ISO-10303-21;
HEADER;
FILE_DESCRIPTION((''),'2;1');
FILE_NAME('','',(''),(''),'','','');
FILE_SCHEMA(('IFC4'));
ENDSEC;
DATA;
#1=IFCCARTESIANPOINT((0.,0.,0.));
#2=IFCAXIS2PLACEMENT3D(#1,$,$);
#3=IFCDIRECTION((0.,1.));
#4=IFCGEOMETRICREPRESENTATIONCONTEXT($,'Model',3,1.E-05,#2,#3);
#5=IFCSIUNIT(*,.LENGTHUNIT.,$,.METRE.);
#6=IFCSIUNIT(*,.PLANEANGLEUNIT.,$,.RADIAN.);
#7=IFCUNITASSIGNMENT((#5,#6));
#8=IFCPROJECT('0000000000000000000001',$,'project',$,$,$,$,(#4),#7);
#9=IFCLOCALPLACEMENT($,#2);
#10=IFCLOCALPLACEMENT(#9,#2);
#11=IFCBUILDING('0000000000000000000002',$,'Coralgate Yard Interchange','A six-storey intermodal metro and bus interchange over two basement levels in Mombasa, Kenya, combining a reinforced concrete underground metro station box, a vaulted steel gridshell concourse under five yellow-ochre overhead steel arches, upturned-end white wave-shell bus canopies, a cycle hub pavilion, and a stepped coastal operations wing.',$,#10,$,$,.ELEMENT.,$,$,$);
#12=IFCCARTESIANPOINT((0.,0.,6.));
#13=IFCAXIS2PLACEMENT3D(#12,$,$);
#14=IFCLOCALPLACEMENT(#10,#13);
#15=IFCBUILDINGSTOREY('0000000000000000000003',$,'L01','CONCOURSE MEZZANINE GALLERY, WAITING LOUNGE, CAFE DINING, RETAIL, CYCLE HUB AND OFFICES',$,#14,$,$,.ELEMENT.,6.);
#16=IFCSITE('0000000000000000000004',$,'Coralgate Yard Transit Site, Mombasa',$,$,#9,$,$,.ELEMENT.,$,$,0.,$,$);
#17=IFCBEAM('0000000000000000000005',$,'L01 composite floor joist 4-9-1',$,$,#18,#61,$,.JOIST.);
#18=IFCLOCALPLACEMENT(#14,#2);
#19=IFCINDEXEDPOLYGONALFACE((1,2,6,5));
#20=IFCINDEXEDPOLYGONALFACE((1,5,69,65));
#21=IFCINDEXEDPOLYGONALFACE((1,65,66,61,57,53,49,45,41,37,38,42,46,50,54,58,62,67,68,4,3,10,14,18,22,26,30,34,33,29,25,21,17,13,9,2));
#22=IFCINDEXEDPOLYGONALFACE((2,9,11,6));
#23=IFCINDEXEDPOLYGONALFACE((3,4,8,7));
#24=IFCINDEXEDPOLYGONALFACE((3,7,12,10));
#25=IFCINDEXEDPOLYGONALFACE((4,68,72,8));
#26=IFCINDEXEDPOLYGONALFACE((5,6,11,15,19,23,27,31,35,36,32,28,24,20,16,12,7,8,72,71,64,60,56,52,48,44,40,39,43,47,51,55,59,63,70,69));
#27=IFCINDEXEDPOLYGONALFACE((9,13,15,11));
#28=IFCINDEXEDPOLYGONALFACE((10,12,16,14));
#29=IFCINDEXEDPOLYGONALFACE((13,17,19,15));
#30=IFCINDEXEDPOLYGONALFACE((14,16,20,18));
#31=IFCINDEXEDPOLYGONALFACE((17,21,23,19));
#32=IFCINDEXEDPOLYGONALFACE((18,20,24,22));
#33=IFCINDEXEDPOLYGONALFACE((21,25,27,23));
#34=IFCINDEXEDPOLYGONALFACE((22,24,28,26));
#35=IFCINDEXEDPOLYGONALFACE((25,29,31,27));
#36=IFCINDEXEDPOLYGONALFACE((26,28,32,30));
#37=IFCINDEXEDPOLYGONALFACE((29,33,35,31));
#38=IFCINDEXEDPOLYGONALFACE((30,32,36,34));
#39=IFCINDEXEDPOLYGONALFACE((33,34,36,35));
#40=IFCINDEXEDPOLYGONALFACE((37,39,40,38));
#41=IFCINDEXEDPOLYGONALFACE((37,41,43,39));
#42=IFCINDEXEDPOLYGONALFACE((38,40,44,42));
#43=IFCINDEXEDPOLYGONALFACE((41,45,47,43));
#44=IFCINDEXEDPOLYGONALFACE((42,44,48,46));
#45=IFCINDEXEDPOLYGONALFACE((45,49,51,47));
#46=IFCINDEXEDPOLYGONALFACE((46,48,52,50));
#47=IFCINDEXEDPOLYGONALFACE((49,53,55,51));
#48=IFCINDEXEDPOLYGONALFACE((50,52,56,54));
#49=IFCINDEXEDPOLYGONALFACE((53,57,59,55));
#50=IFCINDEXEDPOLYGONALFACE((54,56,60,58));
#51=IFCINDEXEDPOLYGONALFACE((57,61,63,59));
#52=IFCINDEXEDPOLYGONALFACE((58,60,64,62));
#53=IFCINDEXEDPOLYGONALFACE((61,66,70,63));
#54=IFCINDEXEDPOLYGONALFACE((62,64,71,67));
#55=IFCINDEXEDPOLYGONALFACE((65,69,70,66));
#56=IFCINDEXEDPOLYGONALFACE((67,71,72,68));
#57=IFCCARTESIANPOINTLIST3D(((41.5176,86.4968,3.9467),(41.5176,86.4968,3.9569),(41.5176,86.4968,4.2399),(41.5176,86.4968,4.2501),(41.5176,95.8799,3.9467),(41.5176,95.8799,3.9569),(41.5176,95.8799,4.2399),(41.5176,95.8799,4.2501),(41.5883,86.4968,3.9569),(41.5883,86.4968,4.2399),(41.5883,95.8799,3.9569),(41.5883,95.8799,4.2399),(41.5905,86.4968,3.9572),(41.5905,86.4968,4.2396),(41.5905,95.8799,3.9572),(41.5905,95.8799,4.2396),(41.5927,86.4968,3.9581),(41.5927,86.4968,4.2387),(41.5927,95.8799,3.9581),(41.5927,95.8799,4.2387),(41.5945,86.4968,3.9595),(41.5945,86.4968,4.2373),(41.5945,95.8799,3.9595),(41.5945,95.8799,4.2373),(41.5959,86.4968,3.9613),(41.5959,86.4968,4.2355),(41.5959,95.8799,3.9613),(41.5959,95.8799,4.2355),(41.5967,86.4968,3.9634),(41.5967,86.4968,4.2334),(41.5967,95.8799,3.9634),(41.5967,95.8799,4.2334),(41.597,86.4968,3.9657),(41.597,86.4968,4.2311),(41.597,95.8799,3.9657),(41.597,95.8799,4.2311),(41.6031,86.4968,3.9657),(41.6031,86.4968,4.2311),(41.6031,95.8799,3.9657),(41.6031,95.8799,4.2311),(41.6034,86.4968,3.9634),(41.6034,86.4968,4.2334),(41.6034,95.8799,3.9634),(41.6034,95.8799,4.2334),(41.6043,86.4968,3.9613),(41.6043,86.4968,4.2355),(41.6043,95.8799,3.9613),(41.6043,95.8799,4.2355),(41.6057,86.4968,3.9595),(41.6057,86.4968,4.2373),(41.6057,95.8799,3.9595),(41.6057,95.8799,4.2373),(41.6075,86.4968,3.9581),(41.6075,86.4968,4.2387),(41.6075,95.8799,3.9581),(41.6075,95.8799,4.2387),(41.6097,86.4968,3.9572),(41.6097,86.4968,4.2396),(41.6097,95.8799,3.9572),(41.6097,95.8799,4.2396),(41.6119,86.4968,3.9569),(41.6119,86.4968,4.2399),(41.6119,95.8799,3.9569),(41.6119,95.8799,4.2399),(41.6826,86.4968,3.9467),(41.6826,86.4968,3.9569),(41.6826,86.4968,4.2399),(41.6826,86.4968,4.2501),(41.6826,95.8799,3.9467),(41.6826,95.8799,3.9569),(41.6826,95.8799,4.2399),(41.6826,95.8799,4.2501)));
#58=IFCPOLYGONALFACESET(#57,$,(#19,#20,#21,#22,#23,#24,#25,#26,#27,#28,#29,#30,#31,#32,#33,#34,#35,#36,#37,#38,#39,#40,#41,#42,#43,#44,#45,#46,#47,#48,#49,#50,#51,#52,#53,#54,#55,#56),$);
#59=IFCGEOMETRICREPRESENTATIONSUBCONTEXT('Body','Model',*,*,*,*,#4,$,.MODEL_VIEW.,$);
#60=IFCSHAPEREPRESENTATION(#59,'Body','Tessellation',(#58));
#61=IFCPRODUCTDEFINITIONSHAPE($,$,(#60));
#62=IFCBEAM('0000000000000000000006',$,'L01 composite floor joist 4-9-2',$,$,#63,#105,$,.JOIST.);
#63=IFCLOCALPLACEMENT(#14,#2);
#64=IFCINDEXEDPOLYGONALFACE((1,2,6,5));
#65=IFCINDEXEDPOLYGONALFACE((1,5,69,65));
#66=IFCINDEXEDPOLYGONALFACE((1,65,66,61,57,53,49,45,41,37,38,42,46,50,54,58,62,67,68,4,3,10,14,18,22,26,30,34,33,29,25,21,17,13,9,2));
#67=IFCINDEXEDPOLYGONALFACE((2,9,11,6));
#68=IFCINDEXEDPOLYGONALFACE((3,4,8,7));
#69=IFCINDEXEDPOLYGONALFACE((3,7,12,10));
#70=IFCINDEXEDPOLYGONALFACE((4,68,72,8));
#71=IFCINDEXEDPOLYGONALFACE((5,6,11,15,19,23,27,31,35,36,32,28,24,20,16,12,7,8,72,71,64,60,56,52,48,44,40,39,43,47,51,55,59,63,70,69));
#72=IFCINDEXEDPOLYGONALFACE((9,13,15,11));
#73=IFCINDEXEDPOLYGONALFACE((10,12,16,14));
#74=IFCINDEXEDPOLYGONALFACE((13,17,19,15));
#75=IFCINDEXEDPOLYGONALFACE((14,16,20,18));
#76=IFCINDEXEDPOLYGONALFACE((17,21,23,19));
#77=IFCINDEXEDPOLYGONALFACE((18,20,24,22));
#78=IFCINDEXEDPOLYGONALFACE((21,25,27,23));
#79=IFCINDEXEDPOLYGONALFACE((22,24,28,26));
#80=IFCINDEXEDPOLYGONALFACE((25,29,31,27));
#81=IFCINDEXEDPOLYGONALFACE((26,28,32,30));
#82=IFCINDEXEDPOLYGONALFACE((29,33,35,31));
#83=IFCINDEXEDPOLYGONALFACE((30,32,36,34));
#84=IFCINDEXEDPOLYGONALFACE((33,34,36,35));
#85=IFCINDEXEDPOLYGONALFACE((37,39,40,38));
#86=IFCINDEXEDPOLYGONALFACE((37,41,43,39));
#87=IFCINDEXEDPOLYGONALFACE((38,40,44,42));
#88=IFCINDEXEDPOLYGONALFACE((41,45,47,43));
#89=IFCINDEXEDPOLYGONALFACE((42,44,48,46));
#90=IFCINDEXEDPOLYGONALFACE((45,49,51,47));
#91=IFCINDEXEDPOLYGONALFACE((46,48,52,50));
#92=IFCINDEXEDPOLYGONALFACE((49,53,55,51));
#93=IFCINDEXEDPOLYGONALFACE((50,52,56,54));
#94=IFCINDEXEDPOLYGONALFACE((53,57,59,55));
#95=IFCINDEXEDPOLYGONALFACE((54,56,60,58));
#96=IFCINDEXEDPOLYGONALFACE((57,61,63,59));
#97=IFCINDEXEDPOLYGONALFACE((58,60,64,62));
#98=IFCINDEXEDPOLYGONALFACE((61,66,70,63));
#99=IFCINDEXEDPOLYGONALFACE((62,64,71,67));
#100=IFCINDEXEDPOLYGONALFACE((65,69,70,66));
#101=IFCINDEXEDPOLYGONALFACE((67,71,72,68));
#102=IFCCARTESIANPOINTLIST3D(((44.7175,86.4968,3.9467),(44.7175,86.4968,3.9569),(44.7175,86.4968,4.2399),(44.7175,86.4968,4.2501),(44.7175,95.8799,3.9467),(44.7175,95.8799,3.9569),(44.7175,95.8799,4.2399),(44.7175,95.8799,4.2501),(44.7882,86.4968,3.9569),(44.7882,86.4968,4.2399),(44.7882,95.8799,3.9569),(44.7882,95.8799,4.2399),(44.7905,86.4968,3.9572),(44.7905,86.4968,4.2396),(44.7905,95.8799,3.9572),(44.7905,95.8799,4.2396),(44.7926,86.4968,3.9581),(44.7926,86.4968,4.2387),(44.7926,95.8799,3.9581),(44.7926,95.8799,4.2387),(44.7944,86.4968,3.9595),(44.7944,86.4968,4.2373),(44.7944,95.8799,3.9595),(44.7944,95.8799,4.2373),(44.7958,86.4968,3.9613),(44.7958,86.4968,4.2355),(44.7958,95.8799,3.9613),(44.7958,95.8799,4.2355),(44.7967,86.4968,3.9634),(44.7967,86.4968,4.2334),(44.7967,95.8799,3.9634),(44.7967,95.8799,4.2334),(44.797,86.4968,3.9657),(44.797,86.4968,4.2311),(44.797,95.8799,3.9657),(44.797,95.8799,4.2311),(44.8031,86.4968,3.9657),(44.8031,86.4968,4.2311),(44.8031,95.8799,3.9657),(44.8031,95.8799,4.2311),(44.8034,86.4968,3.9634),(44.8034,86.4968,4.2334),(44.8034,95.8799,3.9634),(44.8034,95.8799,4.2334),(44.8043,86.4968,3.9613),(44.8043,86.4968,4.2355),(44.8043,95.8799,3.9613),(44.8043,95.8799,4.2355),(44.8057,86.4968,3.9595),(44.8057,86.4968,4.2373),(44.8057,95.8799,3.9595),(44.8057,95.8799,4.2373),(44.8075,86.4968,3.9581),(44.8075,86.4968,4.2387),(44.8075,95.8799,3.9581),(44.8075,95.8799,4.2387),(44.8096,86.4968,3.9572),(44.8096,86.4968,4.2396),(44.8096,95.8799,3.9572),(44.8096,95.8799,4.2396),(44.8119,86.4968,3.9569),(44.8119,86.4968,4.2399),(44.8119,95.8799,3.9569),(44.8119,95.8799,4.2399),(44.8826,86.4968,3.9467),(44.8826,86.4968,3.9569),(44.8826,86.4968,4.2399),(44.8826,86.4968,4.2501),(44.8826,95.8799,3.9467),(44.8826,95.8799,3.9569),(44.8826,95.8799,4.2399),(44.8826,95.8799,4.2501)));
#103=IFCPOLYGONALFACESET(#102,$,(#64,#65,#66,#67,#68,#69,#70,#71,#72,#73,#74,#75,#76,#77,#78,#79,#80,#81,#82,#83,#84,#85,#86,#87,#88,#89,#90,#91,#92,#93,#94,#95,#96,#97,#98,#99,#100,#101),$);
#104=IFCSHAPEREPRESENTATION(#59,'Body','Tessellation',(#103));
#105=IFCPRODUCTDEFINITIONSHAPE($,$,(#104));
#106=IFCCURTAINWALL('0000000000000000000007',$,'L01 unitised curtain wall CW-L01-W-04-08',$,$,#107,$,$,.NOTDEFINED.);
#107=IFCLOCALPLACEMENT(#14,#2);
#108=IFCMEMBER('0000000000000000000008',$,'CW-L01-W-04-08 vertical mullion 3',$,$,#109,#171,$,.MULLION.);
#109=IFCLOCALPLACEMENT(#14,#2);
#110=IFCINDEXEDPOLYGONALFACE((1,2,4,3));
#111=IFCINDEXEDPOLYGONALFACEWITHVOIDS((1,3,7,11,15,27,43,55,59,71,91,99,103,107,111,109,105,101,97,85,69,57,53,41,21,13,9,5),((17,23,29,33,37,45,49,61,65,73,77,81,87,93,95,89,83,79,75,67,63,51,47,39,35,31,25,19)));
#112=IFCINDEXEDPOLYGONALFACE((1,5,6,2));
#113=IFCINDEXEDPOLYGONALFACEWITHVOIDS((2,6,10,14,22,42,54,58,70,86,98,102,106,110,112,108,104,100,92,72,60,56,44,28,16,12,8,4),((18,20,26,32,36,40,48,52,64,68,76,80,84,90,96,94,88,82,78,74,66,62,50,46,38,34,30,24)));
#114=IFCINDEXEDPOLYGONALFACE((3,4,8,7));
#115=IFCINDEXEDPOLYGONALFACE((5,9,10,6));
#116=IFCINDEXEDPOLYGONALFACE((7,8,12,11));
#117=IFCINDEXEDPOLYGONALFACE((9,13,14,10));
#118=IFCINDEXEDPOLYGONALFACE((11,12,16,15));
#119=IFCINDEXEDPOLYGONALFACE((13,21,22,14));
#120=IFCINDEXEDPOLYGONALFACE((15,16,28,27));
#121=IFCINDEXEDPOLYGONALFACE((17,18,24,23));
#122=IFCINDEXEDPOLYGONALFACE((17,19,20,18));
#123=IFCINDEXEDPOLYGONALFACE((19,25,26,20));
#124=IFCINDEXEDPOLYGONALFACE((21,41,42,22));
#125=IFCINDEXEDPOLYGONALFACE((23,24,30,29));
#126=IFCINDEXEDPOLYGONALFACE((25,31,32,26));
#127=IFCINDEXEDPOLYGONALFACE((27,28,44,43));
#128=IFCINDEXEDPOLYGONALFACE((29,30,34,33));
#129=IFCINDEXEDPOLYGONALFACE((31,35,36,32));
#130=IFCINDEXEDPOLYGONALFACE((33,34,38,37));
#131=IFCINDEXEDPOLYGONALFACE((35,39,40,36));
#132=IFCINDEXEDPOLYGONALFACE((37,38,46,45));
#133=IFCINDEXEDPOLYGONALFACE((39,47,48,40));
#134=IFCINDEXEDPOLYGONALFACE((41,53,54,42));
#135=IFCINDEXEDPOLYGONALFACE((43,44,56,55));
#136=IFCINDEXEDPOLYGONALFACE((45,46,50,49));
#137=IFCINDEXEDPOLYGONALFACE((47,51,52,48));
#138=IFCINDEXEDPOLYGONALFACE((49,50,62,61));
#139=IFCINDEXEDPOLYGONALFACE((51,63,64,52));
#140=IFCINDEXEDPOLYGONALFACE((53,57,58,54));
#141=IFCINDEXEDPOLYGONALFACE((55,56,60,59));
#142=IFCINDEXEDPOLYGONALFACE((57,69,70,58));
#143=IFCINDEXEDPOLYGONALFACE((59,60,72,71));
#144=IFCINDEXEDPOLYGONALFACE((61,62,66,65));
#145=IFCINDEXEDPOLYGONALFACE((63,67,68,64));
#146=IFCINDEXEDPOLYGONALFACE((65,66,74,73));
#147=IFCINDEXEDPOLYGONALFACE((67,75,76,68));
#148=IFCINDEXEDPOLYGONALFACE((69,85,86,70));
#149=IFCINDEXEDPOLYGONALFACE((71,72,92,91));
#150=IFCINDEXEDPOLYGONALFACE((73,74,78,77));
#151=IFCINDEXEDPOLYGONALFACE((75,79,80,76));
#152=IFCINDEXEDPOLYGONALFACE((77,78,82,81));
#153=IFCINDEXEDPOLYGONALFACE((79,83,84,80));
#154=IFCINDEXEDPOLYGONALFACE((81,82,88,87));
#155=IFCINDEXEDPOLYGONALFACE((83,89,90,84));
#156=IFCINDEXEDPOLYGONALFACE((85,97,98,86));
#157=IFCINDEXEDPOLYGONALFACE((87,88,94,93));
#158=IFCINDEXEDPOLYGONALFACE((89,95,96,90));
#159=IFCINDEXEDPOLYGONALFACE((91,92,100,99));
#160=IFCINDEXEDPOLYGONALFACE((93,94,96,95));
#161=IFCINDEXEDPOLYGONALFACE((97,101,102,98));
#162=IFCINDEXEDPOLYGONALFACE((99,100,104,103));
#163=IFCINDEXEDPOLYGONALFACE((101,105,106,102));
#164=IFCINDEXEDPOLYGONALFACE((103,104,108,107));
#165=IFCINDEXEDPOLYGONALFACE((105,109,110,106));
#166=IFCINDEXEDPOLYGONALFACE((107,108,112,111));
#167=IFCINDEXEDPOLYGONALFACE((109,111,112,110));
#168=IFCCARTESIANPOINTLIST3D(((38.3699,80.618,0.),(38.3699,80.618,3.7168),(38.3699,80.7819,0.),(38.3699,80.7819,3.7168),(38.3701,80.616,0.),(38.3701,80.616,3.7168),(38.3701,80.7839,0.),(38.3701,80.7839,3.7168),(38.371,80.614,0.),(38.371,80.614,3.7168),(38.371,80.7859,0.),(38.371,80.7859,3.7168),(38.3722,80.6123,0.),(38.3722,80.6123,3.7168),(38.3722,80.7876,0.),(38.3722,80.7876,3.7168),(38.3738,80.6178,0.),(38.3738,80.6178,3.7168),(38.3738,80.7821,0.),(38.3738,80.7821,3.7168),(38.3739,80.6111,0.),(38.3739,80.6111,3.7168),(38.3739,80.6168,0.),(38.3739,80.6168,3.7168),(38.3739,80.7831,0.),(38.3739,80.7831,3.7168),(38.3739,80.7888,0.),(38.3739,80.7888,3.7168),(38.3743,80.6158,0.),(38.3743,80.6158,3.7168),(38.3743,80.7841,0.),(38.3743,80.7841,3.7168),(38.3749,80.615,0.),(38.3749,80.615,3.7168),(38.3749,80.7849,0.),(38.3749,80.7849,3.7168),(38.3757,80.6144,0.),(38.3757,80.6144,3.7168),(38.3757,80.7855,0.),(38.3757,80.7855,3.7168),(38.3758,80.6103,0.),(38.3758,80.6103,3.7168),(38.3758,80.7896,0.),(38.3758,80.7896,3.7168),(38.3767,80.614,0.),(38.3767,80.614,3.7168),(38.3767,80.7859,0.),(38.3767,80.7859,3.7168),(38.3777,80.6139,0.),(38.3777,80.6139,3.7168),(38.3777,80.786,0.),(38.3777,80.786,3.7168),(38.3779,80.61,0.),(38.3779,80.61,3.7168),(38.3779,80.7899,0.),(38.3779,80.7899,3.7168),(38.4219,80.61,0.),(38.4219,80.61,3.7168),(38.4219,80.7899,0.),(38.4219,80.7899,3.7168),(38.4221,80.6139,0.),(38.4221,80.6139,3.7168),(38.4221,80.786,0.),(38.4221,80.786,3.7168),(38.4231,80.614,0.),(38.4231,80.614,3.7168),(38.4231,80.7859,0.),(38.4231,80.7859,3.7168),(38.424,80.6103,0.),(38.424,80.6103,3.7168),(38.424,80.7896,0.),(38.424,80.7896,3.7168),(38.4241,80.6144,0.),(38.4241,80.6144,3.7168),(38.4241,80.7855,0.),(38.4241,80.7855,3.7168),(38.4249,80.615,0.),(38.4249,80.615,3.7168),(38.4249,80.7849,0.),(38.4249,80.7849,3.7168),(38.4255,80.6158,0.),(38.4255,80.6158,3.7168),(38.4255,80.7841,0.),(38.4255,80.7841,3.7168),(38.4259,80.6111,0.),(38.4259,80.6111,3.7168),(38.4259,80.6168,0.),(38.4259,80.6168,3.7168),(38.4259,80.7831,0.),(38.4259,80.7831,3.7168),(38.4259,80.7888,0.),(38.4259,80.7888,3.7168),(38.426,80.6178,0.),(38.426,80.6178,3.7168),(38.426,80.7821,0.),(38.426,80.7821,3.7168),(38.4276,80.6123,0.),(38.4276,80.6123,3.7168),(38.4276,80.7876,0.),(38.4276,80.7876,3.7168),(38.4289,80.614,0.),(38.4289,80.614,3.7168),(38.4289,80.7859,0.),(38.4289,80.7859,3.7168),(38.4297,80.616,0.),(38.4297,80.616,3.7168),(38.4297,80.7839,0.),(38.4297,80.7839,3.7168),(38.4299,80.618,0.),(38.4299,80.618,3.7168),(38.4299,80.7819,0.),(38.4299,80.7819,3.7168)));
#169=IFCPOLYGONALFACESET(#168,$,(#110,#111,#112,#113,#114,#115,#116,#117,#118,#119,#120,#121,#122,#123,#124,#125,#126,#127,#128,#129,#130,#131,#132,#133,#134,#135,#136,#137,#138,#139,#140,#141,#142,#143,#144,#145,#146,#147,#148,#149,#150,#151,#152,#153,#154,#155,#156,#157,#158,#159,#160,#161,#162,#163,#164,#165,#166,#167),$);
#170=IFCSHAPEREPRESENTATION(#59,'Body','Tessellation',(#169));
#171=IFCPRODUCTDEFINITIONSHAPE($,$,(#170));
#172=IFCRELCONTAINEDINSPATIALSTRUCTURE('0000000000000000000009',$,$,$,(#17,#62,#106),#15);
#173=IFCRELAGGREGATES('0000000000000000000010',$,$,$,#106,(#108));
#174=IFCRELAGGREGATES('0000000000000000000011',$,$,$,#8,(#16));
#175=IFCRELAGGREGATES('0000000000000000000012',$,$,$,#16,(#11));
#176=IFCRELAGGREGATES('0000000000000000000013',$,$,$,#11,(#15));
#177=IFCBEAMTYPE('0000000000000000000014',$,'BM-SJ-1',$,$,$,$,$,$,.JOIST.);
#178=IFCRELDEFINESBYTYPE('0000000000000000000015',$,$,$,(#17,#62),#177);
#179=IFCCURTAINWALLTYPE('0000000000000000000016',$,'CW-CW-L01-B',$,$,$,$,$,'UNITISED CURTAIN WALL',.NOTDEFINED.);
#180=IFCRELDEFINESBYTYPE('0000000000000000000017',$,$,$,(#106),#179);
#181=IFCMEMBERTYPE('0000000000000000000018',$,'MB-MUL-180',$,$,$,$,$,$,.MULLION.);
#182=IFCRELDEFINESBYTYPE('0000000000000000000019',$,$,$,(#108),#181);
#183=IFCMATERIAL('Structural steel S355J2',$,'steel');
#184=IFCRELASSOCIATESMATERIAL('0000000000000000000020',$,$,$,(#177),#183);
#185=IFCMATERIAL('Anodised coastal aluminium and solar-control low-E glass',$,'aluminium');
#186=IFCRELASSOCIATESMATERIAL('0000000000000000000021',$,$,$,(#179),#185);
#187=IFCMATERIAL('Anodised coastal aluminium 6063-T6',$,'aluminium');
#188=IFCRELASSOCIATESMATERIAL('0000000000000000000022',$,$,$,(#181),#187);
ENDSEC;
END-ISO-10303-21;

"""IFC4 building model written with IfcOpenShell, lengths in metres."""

from ifc_helpers import new_model, si_unit, direction, frame, origin, origin_2d, place, context, subcontext, project, spatial, hollow_rectangle, i_section, extrude, material, material_profile, profile_set, type_object, element, aggregate, save


model = new_model("IFC4")

# Units and contexts
model_context = context("Model", 3, precision=1e-05, world=origin(), true_north=direction((0.0, 1.0)))
body_context = subcontext(model_context, "Body", "Model", "MODEL_VIEW")
ifc_project = project(units=[si_unit("LENGTHUNIT", "METRE"), si_unit("PLANEANGLEUNIT", "RADIAN")], contexts=[model_context])

# Site, building, storey
site_placement = place(None, origin())
site = spatial("IfcSite", under=ifc_project, at=site_placement, Name="Coralgate Yard Transit Site, Mombasa", CompositionType="ELEMENT", RefElevation=0.0)
building_placement = place(site_placement, origin())
building = spatial("IfcBuilding", under=site, at=building_placement, Name="Coralgate Yard Interchange", Description="A six-storey intermodal metro and bus interchange over two basement levels in Mombasa, Kenya, combining a reinforced concrete underground metro station box, a vaulted steel gridshell concourse under five yellow-ochre overhead steel arches, upturned-end white wave-shell bus canopies, a cycle hub pavilion, and a stepped coastal operations wing.", CompositionType="ELEMENT")
storey_placement = place(building_placement, frame((0.0, 0.0, 6.0)))
storey = spatial("IfcBuildingStorey", under=building, at=storey_placement, Name="L01", Description="CONCOURSE MEZZANINE GALLERY, WAITING LOUNGE, CAFE DINING, RETAIL, CYCLE HUB AND OFFICES", CompositionType="ELEMENT", Elevation=6.0)

# Shared definitions
ifc_material_1 = material(Name="Structural steel S355J2", Category="steel")

# Beams
ifc_material_profile_1 = material_profile(ifc_material_1, i_section(OverallWidth=0.165, OverallDepth=0.3035, WebThickness=0.0061, FlangeThickness=0.0103, FilletRadius=0.0088, at=origin_2d()), Name="UB 305x165x40")
ifc_profile_set_1 = profile_set([ifc_material_profile_1], Name="Structural steel S355J2")
beam_type_1 = type_object("IfcBeamType", Name="BM-SJ-1", PredefinedType="JOIST", material=ifc_profile_set_1)
for number, where, z_axis, x_axis, name in (
    (1, (41.6001, 86.4968, 4.0984), (0.0, 1.0, 0.0), (-1.0, 0.0, 0.0), "L01 composite floor joist 4-9-1"),
    (2, (44.8, 86.4968, 4.0984), (0.0, 1.0, 0.0), (-1.0, 0.0, 0.0), "L01 composite floor joist 4-9-2"),
):
    element("IfcBeam", number, at=place(storey_placement, frame(where, z_axis=z_axis, x_axis=x_axis)), inside=storey, type_object=beam_type_1, Name=name, PredefinedType="JOIST", context=body_context, shape_type="SweptSolid", body=[
        extrude(i_section(OverallWidth=0.165, OverallDepth=0.3035, WebThickness=0.0061, FlangeThickness=0.0103, FilletRadius=0.0088, at=origin_2d()), origin(), (0.0, 0.0, 1.0), 9.3831),
    ])

# Curtain wall, member
ifc_material_2 = material(Name="Anodised coastal aluminium and solar-control low-E glass", Category="aluminium")
curtain_wall_type = type_object("IfcCurtainWallType", Name="CW-CW-L01-B", ElementType="UNITISED CURTAIN WALL", PredefinedType="NOTDEFINED", material=ifc_material_2)
curtain_wall_placement = place(storey_placement, origin())
curtain_wall = element("IfcCurtainWall", 3, at=curtain_wall_placement, inside=storey, type_object=curtain_wall_type, Name="L01 unitised curtain wall CW-L01-W-04-08", PredefinedType="NOTDEFINED")
ifc_material_3 = material(Name="Anodised coastal aluminium 6063-T6", Category="aluminium")
ifc_material_profile_2 = material_profile(ifc_material_3, hollow_rectangle(XDim=0.0601, YDim=0.1799, WallThickness=0.0039, InnerFilletRadius=0.0039, OuterFilletRadius=0.0081, at=origin_2d()), Name="ALU 60x180x4")
ifc_profile_set_2 = profile_set([ifc_material_profile_2], Name="Anodised coastal aluminium 6063-T6")
member_type_1 = type_object("IfcMemberType", Name="MB-MUL-180", PredefinedType="MULLION", material=ifc_profile_set_2)
member_1_placement = place(storey_placement, frame((38.3999, 80.7, 0.0), z_axis=(0.0, 0.0, 1.0), x_axis=(1.0, 0.0, 0.0)))
member_1 = element("IfcMember", 4, at=member_1_placement, type_object=member_type_1, Name="CW-L01-W-04-08 vertical mullion 3", PredefinedType="MULLION", context=body_context, shape_type="SweptSolid", body=[
    extrude(hollow_rectangle(XDim=0.0601, YDim=0.1799, WallThickness=0.0039, InnerFilletRadius=0.0039, OuterFilletRadius=0.0081, at=origin_2d()), origin(), (0.0, 0.0, 1.0), 3.7168),
])
aggregate(curtain_wall, [member_1])

save(model, "model.ifc")
